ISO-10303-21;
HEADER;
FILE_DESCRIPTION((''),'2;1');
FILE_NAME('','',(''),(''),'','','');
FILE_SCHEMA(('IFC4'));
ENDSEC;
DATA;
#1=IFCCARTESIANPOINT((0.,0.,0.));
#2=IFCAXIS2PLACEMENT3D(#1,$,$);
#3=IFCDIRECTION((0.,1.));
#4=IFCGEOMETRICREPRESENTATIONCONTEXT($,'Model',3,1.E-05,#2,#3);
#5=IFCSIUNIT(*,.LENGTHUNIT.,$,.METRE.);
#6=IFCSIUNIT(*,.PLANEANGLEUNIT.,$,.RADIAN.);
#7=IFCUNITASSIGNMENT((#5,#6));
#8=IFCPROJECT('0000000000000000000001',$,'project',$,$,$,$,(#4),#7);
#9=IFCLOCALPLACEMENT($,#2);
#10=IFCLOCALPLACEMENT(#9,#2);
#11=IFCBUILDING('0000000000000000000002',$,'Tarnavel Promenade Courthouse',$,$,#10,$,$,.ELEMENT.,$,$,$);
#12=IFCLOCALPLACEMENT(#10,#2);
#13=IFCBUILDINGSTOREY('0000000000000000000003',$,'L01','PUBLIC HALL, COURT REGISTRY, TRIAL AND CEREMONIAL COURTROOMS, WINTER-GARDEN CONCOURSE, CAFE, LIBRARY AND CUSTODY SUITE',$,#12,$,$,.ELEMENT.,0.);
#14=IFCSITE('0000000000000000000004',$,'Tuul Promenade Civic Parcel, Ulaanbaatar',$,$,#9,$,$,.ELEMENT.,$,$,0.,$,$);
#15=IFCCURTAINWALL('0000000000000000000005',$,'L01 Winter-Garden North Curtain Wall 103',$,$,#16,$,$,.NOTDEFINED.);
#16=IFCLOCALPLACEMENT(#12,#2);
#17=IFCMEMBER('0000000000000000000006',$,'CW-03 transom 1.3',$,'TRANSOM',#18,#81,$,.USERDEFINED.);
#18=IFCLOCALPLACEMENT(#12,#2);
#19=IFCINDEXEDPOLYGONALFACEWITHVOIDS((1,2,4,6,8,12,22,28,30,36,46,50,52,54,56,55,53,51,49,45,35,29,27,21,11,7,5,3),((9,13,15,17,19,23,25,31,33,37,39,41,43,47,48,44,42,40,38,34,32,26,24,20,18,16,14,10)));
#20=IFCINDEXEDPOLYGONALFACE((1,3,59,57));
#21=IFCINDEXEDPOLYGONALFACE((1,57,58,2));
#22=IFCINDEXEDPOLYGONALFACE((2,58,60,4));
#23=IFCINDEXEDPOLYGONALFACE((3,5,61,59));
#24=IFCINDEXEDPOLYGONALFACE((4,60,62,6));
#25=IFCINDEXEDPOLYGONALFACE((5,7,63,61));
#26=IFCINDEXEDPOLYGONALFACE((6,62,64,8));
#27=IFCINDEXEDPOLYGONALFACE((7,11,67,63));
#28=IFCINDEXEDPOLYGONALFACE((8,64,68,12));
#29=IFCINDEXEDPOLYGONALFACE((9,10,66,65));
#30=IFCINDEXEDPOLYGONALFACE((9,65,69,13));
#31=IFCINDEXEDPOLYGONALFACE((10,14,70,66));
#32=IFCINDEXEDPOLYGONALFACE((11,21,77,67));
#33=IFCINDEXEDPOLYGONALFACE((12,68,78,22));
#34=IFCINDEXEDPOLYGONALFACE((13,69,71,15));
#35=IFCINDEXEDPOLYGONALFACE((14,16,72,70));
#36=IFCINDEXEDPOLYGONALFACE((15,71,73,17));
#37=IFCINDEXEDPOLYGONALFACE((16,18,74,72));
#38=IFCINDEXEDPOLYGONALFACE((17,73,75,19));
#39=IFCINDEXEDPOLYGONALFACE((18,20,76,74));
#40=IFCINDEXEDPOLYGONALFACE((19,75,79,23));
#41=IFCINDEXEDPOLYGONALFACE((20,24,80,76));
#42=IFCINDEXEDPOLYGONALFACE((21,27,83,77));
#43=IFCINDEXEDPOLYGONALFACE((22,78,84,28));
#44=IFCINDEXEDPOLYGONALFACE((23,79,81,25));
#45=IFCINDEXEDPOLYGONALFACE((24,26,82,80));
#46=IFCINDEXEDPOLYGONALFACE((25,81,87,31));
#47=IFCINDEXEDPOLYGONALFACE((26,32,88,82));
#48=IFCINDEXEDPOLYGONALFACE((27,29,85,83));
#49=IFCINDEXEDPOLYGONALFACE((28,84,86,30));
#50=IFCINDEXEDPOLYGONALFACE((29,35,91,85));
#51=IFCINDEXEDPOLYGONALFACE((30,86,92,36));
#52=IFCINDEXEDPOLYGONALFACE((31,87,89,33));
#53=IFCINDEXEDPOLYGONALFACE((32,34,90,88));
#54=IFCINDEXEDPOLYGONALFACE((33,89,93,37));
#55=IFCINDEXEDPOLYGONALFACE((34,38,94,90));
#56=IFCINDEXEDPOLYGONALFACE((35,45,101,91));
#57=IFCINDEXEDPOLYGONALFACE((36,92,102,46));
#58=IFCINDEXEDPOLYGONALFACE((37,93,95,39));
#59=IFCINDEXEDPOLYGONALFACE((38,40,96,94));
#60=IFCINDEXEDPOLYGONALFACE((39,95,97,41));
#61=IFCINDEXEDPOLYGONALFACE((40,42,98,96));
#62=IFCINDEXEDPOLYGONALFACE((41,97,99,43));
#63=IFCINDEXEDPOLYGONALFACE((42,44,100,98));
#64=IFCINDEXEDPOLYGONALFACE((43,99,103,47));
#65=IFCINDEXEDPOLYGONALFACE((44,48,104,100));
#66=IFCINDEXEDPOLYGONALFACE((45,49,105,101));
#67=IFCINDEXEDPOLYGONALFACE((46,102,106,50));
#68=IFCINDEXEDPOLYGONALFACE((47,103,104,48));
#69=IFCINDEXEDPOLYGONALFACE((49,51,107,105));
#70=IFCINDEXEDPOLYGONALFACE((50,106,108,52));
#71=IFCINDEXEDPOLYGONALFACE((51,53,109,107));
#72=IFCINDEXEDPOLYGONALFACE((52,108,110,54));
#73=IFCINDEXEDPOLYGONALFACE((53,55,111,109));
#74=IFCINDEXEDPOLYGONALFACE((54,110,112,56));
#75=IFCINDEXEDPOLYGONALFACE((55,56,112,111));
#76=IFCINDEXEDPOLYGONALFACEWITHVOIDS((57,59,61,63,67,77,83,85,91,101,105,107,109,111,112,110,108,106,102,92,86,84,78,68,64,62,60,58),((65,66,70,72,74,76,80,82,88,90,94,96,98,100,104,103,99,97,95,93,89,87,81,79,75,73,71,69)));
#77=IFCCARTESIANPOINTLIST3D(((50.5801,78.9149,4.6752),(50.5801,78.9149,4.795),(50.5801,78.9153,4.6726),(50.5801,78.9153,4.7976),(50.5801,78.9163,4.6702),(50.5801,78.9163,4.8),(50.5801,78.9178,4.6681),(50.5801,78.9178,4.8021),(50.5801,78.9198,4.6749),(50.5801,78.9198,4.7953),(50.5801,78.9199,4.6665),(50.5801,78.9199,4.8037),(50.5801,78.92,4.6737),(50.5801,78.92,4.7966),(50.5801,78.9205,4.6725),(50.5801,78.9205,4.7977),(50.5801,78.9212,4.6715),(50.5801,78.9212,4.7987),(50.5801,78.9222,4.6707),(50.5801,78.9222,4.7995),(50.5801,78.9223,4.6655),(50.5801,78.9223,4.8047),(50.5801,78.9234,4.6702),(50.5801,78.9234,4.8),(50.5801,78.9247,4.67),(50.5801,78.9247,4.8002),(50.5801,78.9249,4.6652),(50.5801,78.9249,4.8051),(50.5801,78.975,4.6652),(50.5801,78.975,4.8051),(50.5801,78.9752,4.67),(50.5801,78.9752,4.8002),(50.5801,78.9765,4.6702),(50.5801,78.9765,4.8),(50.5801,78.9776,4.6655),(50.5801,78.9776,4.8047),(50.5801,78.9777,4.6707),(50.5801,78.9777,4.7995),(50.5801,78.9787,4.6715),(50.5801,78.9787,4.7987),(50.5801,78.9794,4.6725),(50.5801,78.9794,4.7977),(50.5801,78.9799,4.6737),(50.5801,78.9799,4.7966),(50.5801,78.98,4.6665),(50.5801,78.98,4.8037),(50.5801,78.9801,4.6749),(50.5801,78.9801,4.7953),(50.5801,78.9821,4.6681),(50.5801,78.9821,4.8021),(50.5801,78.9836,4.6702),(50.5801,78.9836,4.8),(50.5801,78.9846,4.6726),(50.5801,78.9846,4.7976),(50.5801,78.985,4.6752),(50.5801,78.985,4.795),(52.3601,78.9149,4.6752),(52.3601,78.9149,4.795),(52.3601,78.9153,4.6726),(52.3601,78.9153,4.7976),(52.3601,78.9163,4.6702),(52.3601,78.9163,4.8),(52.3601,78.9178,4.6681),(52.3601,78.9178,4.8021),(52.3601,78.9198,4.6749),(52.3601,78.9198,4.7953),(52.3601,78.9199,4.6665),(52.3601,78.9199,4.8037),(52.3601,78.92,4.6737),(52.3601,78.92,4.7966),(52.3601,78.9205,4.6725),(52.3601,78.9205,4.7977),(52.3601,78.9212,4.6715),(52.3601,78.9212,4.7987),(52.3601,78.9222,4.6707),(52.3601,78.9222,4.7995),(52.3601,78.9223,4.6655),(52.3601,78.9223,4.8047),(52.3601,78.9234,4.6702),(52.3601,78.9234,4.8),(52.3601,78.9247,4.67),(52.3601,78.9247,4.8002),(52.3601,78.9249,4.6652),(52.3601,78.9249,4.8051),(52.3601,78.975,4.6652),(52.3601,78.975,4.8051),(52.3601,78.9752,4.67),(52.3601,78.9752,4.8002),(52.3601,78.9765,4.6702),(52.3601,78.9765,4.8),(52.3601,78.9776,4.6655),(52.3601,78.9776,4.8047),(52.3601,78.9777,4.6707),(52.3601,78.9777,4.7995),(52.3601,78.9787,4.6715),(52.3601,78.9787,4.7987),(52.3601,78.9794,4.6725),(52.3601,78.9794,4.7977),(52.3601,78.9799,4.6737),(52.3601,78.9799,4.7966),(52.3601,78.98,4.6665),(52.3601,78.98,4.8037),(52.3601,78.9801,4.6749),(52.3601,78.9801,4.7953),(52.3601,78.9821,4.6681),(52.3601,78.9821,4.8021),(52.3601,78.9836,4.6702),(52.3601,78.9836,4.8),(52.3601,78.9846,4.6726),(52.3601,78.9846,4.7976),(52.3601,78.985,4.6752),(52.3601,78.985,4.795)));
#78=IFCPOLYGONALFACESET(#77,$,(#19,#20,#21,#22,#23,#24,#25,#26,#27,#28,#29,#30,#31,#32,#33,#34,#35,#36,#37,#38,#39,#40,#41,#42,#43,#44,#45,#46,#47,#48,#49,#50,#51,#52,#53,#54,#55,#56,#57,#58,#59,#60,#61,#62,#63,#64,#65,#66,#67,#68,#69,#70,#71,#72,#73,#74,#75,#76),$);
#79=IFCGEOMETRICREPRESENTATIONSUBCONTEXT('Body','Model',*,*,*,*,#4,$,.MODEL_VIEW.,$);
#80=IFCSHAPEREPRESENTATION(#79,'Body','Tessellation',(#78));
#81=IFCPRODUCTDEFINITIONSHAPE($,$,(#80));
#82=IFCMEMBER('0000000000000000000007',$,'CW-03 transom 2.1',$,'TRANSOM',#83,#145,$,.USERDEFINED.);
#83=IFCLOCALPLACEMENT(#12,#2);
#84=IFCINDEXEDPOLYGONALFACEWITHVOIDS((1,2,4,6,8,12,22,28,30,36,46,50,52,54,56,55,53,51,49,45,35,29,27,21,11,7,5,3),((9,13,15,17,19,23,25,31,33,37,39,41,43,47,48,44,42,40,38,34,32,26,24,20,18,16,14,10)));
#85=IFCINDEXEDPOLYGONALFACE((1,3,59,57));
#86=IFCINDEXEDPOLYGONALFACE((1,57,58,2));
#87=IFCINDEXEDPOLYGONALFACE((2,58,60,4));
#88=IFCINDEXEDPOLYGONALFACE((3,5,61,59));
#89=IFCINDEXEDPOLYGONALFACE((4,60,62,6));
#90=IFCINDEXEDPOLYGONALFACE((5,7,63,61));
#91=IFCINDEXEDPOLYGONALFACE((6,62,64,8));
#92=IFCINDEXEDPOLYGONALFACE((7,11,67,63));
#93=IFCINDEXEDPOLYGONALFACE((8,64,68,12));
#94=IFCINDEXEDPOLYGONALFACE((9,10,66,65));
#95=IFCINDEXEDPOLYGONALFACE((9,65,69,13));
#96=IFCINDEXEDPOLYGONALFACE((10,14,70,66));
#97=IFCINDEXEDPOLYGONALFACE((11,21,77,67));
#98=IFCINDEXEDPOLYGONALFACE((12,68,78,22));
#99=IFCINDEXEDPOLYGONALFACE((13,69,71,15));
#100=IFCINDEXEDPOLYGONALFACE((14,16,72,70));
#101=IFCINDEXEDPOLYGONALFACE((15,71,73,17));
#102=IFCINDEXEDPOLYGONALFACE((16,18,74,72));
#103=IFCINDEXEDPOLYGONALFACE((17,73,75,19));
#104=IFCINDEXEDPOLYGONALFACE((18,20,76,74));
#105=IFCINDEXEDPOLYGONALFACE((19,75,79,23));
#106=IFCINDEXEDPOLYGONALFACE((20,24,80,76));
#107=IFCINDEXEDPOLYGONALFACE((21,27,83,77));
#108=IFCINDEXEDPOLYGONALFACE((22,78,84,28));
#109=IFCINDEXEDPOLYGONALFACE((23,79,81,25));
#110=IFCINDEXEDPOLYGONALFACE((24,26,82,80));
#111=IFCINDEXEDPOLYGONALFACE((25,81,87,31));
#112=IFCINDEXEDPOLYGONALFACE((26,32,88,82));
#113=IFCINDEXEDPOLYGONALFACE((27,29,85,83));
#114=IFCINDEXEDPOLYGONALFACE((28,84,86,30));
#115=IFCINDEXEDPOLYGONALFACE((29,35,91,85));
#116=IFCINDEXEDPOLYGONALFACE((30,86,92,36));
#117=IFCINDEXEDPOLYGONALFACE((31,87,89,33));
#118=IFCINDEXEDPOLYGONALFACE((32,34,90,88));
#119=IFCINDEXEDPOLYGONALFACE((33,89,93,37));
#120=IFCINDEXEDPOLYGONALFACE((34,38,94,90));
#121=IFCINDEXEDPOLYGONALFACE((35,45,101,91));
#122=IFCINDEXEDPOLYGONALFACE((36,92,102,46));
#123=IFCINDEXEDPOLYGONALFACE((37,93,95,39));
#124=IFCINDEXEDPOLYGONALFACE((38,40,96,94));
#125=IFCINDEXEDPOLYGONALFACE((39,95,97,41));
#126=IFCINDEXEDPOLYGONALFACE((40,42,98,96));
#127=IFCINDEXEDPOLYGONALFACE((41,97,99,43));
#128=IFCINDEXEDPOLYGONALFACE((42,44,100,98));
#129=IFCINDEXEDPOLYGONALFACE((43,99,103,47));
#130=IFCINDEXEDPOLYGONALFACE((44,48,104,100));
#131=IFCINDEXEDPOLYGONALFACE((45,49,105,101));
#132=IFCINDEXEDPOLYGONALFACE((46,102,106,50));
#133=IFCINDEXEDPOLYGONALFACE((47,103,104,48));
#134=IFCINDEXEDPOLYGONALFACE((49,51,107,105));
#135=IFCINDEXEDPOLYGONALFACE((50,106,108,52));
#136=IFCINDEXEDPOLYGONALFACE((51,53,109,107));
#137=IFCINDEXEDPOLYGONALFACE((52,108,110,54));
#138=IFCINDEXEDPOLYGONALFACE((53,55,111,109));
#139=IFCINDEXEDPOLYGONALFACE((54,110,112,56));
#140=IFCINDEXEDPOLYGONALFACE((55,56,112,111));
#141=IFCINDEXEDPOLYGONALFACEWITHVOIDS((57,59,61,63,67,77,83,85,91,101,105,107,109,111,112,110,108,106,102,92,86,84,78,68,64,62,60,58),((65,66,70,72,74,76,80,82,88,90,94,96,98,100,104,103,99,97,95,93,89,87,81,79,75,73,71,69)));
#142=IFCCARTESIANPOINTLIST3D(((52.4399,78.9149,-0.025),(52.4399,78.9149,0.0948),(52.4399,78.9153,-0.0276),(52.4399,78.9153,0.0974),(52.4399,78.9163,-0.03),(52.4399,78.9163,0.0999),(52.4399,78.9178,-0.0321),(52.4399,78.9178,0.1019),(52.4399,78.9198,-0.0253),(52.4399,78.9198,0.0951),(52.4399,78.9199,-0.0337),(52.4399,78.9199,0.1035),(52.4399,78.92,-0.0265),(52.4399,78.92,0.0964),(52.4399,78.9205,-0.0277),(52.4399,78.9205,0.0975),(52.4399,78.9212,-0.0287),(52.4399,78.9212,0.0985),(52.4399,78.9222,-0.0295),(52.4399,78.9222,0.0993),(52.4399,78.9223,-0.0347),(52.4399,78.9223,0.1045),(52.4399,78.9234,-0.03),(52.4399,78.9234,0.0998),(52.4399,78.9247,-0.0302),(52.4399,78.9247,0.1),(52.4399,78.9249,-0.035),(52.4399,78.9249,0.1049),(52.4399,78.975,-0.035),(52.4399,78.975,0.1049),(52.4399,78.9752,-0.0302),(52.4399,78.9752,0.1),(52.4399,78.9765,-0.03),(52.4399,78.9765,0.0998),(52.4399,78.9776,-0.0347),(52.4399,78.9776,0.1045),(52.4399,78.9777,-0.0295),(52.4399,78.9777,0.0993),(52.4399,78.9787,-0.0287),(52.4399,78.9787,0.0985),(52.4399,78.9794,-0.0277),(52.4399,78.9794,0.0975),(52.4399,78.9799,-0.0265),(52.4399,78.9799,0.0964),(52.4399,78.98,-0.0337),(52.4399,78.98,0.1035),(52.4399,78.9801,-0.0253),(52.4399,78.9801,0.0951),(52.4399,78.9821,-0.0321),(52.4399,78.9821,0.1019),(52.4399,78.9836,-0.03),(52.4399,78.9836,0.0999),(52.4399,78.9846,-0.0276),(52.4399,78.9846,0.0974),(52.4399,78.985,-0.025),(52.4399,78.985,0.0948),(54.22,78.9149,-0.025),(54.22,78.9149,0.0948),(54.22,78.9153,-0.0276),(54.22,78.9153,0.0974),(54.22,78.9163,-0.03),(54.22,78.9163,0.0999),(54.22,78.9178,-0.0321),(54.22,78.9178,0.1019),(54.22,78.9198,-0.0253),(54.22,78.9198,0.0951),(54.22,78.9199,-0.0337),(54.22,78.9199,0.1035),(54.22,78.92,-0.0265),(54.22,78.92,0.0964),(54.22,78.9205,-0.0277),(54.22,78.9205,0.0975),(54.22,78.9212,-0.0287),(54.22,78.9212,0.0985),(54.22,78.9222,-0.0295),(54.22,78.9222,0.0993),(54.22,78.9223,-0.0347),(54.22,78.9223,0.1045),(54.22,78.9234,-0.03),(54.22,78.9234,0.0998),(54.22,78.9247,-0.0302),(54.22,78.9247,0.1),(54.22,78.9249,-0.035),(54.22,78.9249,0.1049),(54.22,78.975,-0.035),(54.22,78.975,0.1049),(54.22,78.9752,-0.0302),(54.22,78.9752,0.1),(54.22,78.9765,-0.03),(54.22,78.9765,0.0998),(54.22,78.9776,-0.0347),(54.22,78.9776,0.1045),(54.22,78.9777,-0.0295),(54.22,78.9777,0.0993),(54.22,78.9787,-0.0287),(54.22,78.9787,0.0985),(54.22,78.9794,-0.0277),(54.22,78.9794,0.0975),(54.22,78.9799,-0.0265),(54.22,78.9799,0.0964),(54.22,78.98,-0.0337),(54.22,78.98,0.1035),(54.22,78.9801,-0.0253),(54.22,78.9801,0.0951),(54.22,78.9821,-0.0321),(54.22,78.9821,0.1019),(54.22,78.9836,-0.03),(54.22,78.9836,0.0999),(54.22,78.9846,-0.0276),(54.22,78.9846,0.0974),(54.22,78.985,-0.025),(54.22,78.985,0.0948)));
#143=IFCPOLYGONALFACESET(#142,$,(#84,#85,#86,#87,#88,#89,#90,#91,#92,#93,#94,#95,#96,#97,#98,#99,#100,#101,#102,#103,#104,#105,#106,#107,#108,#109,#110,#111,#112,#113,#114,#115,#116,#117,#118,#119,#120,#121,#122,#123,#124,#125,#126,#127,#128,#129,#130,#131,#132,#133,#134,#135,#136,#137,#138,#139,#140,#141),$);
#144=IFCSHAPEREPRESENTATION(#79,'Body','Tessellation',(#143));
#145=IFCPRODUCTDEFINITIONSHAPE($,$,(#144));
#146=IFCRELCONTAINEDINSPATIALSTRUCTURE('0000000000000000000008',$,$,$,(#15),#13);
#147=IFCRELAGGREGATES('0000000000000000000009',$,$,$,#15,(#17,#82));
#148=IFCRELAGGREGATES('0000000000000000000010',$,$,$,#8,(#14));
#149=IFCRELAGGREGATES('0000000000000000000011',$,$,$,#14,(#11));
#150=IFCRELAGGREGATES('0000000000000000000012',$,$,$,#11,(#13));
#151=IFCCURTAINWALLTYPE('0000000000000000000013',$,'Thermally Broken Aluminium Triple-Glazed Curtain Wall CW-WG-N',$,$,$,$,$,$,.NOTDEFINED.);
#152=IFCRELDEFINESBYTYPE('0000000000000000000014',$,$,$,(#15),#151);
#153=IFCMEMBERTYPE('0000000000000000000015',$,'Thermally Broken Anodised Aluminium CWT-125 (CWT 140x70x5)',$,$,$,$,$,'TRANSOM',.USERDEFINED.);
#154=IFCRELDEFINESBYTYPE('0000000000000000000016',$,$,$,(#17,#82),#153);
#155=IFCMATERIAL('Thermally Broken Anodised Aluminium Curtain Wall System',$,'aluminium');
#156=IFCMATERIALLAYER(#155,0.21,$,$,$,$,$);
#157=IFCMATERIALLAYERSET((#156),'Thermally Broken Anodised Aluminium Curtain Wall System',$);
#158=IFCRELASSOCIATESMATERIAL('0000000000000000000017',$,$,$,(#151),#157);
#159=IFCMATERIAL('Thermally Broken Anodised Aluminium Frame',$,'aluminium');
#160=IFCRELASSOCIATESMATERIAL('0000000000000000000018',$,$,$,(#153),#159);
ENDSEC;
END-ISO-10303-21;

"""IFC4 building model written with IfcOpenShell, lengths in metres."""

from ifc_helpers import new_model, si_unit, direction, frame, origin, origin_2d, place, context, subcontext, project, spatial, hollow_rectangle, extrude, material, layer, layer_set, material_profile, profile_set, type_object, element, aggregate, save


model = new_model("IFC4")

# Units and contexts
model_context = context("Model", 3, precision=1e-05, world=origin(), true_north=direction((0.0, 1.0)))
body_context = subcontext(model_context, "Body", "Model", "MODEL_VIEW")
ifc_project = project(units=[si_unit("LENGTHUNIT", "METRE"), si_unit("PLANEANGLEUNIT", "RADIAN")], contexts=[model_context])

# Site, building, storey
site_placement = place(None, origin())
site = spatial("IfcSite", under=ifc_project, at=site_placement, Name="Tuul Promenade Civic Parcel, Ulaanbaatar", CompositionType="ELEMENT", RefElevation=0.0)
building_placement = place(site_placement, origin())
building = spatial("IfcBuilding", under=site, at=building_placement, Name="Tarnavel Promenade Courthouse", CompositionType="ELEMENT")
storey_placement = place(building_placement, origin())
storey = spatial("IfcBuildingStorey", under=building, at=storey_placement, Name="L01", Description="PUBLIC HALL, COURT REGISTRY, TRIAL AND CEREMONIAL COURTROOMS, WINTER-GARDEN CONCOURSE, CAFE, LIBRARY AND CUSTODY SUITE", CompositionType="ELEMENT", Elevation=0.0)

# Shared definitions
ifc_material_1 = material(Name="Thermally Broken Anodised Aluminium Curtain Wall System", Category="aluminium")
ifc_layer_1 = layer(ifc_material_1, 0.21)
ifc_layer_set_1 = layer_set([ifc_layer_1], Name="Thermally Broken Anodised Aluminium Curtain Wall System")
curtain_wall_type = type_object("IfcCurtainWallType", Name="Thermally Broken Aluminium Triple-Glazed Curtain Wall CW-WG-N", PredefinedType="NOTDEFINED", material=ifc_layer_set_1)
ifc_material_2 = material(Name="Thermally Broken Anodised Aluminium Frame", Category="aluminium")

# Curtain wall
curtain_wall_1_placement = place(storey_placement, origin())
curtain_wall_1 = element("IfcCurtainWall", 1, at=curtain_wall_1_placement, inside=storey, type_object=curtain_wall_type, Name="L01 Winter-Garden North Curtain Wall 103", PredefinedType="NOTDEFINED")

# Members
ifc_material_profile_1 = material_profile(ifc_material_2, hollow_rectangle(XDim=0.0701, YDim=0.1399, WallThickness=0.0049, InnerFilletRadius=0.0049, OuterFilletRadius=0.01, at=origin_2d()), Name="CWT 140x70x5")
ifc_profile_set_1 = profile_set([ifc_material_profile_1], Name="Thermally Broken Anodised Aluminium Frame")
member_type_1 = type_object("IfcMemberType", Name="Thermally Broken Anodised Aluminium CWT-125 (CWT 140x70x5)", ElementType="TRANSOM", PredefinedType="USERDEFINED", material=ifc_profile_set_1)
member_1_placement = place(storey_placement, frame((50.5801, 78.95, 4.7351), z_axis=(1.0, 0.0, 0.0), x_axis=(0.0, 1.0, 0.0)))
member_1 = element("IfcMember", 2, at=member_1_placement, type_object=member_type_1, Name="CW-03 transom 1.3", ObjectType="TRANSOM", PredefinedType="USERDEFINED", context=body_context, shape_type="SweptSolid", body=[
    extrude(hollow_rectangle(XDim=0.0701, YDim=0.1399, WallThickness=0.0049, InnerFilletRadius=0.0049, OuterFilletRadius=0.01, at=origin_2d()), origin(), (0.0, 0.0, 1.0), 1.78),
])
member_2_placement = place(storey_placement, frame((52.4399, 78.95, 0.0349), z_axis=(1.0, 0.0, 0.0), x_axis=(0.0, 1.0, 0.0)))
member_2 = element("IfcMember", 3, at=member_2_placement, type_object=member_type_1, Name="CW-03 transom 2.1", ObjectType="TRANSOM", PredefinedType="USERDEFINED", context=body_context, shape_type="SweptSolid", body=[
    extrude(hollow_rectangle(XDim=0.0701, YDim=0.1399, WallThickness=0.0049, InnerFilletRadius=0.0049, OuterFilletRadius=0.01, at=origin_2d()), origin(), (0.0, 0.0, 1.0), 1.78),
])

aggregate(curtain_wall_1, [member_1, member_2])

save(model, "model.ifc")
